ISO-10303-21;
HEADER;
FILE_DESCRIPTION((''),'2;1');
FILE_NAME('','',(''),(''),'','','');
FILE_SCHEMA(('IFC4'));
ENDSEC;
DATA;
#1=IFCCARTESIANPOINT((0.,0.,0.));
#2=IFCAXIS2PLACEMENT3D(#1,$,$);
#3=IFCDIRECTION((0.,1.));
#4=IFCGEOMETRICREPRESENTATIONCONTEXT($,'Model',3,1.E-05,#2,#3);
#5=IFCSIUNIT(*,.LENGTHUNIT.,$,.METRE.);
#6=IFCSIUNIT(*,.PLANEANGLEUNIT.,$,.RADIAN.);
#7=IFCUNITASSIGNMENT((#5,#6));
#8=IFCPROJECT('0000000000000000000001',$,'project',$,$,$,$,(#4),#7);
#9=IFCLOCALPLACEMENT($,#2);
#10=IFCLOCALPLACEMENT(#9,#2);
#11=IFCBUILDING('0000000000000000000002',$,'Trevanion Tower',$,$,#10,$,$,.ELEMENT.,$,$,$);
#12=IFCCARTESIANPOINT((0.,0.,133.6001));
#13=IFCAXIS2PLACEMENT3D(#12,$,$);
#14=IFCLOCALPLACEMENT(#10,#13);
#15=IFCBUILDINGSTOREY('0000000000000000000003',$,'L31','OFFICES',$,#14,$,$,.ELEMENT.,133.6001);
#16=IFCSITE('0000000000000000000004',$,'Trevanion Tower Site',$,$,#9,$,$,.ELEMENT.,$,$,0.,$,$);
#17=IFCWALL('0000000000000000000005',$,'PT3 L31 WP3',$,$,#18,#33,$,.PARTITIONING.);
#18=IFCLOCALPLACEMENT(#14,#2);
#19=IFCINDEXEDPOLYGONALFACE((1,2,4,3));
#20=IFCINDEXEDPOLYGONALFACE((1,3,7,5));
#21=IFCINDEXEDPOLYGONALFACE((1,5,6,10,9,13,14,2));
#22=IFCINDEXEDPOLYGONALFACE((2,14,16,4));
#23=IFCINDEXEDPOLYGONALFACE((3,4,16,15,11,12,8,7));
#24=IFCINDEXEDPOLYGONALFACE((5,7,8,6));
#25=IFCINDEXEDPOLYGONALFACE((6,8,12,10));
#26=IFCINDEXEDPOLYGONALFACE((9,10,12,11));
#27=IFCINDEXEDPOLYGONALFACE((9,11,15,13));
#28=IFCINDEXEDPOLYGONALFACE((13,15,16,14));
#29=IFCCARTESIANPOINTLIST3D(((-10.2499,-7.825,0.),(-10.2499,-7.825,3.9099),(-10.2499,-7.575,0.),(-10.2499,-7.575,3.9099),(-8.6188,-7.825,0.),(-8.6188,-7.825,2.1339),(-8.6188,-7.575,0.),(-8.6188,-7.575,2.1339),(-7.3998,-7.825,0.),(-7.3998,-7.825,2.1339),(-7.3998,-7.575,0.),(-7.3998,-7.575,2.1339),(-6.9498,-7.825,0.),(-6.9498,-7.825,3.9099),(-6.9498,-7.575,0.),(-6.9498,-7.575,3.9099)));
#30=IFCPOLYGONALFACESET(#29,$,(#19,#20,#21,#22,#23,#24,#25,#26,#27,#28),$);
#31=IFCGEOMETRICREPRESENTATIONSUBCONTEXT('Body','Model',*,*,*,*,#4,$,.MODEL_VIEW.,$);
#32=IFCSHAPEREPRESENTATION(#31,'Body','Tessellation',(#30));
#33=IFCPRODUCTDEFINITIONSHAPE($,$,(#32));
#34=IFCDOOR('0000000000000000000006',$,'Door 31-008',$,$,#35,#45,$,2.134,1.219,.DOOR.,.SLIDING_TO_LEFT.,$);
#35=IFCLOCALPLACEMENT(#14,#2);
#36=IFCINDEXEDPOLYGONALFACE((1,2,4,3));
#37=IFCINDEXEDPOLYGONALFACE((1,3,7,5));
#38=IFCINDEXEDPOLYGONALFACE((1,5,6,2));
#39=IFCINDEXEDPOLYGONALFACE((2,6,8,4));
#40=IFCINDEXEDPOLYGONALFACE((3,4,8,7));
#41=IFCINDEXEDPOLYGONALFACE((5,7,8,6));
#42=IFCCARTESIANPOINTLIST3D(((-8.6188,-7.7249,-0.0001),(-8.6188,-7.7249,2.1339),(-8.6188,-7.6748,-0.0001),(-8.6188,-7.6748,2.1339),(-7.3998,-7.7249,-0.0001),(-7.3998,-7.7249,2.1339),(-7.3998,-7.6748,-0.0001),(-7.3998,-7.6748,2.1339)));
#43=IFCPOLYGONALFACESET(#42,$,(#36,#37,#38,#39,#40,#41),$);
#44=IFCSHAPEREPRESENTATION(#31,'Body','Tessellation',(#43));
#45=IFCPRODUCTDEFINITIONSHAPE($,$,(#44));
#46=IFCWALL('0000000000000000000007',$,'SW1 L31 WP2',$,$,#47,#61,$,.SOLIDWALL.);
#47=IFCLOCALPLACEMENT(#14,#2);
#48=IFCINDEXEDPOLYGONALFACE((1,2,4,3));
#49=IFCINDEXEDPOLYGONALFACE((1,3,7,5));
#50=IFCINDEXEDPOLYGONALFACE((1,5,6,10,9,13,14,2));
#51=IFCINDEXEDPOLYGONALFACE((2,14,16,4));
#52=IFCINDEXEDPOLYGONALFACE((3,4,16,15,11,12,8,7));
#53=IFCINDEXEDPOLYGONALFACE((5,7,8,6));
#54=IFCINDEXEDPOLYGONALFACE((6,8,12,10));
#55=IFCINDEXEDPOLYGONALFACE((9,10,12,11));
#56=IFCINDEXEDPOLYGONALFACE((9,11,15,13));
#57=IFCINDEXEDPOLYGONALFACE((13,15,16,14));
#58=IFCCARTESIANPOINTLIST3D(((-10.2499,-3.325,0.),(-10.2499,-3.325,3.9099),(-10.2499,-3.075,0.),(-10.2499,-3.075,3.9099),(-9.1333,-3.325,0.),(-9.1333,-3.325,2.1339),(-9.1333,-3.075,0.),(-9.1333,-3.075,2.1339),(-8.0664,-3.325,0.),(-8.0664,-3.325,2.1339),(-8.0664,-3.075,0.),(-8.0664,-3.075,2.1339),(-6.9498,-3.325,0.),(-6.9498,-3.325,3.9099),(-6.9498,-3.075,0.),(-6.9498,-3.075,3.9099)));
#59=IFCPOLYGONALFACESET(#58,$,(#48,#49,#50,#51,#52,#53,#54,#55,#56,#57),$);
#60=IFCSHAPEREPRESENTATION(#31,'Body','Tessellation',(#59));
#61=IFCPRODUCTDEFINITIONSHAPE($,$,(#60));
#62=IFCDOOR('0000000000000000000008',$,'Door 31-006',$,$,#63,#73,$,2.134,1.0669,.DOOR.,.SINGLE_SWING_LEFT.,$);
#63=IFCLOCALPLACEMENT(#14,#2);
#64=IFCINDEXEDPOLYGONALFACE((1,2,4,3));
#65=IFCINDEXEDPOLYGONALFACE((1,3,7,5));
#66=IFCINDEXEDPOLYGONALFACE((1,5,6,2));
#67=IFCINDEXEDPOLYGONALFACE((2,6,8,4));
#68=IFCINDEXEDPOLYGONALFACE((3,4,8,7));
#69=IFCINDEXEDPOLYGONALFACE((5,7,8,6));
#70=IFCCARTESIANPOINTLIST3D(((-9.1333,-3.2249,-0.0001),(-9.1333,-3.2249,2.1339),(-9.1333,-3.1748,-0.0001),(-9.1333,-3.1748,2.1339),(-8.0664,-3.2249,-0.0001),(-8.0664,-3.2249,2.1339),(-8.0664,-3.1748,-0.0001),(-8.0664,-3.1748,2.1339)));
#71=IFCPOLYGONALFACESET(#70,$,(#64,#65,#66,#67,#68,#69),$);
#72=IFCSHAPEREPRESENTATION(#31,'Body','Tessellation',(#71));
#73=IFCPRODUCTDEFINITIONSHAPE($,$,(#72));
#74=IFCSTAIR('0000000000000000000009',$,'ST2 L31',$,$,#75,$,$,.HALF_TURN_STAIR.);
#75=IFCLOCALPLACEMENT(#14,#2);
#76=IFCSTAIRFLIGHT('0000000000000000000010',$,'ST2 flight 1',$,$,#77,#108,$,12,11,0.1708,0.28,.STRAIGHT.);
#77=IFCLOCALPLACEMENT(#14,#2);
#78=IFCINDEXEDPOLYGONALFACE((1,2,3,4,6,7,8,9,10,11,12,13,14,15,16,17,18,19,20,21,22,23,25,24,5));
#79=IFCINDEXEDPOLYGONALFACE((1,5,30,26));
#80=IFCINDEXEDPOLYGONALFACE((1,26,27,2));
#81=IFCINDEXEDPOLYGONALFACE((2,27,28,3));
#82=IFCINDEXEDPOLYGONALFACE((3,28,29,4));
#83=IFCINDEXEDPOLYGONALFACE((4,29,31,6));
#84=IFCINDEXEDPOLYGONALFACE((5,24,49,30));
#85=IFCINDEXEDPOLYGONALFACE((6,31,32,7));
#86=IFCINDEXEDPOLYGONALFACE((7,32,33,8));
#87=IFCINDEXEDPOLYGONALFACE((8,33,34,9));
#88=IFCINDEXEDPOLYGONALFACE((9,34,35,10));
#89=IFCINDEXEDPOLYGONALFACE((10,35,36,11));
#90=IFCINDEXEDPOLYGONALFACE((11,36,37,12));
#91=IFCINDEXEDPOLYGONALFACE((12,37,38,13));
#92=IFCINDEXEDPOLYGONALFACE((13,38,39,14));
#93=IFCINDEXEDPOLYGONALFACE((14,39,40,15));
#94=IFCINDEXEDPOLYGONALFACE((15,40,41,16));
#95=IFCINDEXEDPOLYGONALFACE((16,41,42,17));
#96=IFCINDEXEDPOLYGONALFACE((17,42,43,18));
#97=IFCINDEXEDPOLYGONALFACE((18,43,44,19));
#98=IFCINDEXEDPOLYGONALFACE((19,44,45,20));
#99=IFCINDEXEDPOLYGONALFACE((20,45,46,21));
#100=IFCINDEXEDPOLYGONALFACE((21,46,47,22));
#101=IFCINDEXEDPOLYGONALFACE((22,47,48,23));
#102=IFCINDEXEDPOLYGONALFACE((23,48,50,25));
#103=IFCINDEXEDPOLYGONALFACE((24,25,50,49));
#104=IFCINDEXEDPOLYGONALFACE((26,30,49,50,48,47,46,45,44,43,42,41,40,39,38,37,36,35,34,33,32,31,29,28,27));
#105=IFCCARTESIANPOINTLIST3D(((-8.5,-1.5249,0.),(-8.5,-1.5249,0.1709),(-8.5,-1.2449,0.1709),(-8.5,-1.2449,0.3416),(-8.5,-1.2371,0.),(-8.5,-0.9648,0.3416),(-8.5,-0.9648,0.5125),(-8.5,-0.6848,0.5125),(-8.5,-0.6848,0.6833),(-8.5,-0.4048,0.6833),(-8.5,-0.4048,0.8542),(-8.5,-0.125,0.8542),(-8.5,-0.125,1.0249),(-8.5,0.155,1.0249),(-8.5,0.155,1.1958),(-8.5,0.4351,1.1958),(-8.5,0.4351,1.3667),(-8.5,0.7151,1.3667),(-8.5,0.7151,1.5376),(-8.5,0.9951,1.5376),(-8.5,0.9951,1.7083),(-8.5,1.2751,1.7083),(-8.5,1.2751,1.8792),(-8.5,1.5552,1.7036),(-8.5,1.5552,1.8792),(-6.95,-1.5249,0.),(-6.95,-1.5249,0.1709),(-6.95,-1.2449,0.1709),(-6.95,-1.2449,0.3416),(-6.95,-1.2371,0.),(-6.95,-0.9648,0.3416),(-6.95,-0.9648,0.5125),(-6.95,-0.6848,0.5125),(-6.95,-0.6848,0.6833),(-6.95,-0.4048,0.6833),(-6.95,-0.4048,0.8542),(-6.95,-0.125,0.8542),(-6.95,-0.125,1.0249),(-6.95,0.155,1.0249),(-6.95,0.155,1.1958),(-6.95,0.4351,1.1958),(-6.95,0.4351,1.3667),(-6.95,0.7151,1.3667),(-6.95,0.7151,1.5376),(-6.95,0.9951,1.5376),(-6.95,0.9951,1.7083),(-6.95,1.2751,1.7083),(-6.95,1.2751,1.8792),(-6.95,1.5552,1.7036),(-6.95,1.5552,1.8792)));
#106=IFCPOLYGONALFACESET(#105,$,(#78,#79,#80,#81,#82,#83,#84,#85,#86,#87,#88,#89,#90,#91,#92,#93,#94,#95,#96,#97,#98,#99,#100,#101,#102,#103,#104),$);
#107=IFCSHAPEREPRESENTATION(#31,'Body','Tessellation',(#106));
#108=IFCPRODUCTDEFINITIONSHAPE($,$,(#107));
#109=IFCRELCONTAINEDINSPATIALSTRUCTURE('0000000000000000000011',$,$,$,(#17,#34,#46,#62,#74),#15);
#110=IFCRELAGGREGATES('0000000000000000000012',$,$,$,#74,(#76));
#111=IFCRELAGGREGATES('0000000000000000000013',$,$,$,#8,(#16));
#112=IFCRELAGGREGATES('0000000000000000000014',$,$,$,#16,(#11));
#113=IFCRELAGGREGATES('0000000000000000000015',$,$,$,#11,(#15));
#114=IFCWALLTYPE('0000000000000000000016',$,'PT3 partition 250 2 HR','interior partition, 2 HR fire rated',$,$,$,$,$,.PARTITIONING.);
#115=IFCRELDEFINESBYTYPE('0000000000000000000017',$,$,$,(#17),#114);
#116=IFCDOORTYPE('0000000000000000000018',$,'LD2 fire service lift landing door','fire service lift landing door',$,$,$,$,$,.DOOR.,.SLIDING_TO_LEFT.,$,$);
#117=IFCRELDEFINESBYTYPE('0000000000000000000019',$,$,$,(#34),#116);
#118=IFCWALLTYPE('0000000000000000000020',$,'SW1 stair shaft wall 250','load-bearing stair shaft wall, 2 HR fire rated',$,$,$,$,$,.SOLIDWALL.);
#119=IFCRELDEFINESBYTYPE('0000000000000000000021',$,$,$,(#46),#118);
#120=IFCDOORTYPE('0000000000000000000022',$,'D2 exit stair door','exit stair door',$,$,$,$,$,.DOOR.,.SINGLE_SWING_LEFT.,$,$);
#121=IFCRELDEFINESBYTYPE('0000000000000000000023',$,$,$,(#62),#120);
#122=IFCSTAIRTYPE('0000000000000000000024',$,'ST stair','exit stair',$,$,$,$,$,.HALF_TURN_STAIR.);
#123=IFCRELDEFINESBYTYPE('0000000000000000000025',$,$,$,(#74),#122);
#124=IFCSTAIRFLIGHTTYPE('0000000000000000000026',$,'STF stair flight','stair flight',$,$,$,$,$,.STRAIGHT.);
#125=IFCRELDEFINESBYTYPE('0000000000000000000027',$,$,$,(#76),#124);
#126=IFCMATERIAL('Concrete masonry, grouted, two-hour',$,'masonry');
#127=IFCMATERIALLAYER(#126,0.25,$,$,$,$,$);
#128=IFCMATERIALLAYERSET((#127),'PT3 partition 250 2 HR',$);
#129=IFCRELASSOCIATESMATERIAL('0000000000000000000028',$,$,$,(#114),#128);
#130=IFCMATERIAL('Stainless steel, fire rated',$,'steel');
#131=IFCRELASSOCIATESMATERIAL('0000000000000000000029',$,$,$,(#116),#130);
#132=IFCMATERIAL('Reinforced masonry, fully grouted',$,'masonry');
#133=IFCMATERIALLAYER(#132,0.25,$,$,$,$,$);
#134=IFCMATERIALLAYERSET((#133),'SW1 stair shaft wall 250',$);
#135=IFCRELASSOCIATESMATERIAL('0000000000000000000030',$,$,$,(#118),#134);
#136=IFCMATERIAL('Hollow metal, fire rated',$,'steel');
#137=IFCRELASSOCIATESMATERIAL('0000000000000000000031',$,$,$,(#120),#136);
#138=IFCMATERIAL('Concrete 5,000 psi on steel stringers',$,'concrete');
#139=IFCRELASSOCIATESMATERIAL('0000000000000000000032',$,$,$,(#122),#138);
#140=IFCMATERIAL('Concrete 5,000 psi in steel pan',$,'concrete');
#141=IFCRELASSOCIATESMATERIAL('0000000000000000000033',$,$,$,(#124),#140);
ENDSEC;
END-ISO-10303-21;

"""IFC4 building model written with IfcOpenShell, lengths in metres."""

from ifc_helpers import new_model, si_unit, direction, frame, frame_2d, origin, place, context, subcontext, project, spatial, polyline, rectangle, outline, extrude, material, layer, layer_set, type_object, element, fill, aggregate, save


model = new_model("IFC4")

# Units and contexts
model_context = context("Model", 3, precision=1e-05, world=origin(), true_north=direction((0.0, 1.0)))
body_context = subcontext(model_context, "Body", "Model", "MODEL_VIEW")
ifc_project = project(units=[si_unit("LENGTHUNIT", "METRE"), si_unit("PLANEANGLEUNIT", "RADIAN")], contexts=[model_context])

# Site, building, storey
site_placement = place(None, origin())
site = spatial("IfcSite", under=ifc_project, at=site_placement, Name="Trevanion Tower Site", CompositionType="ELEMENT", RefElevation=0.0)
building_placement = place(site_placement, origin())
building = spatial("IfcBuilding", under=site, at=building_placement, Name="Trevanion Tower", CompositionType="ELEMENT")
storey_placement = place(building_placement, frame((0.0, 0.0, 133.6001)))
storey = spatial("IfcBuildingStorey", under=building, at=storey_placement, Name="L31", Description="OFFICES", CompositionType="ELEMENT", Elevation=133.6001)

# Walls, openings, doors
ifc_material_1 = material(Name="Concrete masonry, grouted, two-hour", Category="masonry")
ifc_layer_1 = layer(ifc_material_1, 0.25)
ifc_layer_set_1 = layer_set([ifc_layer_1], Name="PT3 partition 250 2 HR")
wall_type_1 = type_object("IfcWallType", Name="PT3 partition 250 2 HR", Description="interior partition, 2 HR fire rated", PredefinedType="PARTITIONING", material=ifc_layer_set_1)
wall_1_placement = place(storey_placement, frame((-6.95, -7.7, 0.0), z_axis=(0.0, 0.0, 1.0), x_axis=(-1.0, 0.0, 0.0)))
wall_1 = element("IfcWall", 1, at=wall_1_placement, inside=storey, type_object=wall_type_1, Name="PT3 L31 WP3", PredefinedType="PARTITIONING", context=body_context, shape_type="SweptSolid", body=[
    extrude(rectangle(XDim=3.3, YDim=0.25, at=frame_2d((1.6499, 0.0))), origin(), (0.0, 0.0, 1.0), 3.9099),
])
opening_1_placement = place(wall_1_placement, frame((0.45, 0.0, 0.0)))
opening_1 = element("IfcOpeningElement", 2, at=opening_1_placement, cuts=wall_1, PredefinedType="OPENING", context=body_context, shape_type="SweptSolid", body=[
    extrude(rectangle(XDim=1.219, YDim=2.134, at=frame_2d((0.6094, 1.0669))), frame((0.0, 0.135, 0.0), z_axis=(0.0, -1.0, 0.0), x_axis=(1.0, 0.0, 0.0)), (0.0, 0.0, 1.0), 0.27),
])
ifc_material_2 = material(Name="Stainless steel, fire rated", Category="steel")
door_type_1 = type_object("IfcDoorType", Name="LD2 fire service lift landing door", Description="fire service lift landing door", OperationType="SLIDING_TO_LEFT", PredefinedType="DOOR", material=ifc_material_2)
door_1_placement = place(opening_1_placement, origin())
door_1 = element("IfcDoor", 3, at=door_1_placement, inside=storey, type_object=door_type_1, Name="Door 31-008", OperationType="SLIDING_TO_LEFT", OverallHeight=2.134, OverallWidth=1.219, PredefinedType="DOOR", context=body_context, shape_type="SweptSolid", body=[
    extrude(rectangle(XDim=1.219, YDim=2.134, at=frame_2d((0.6094, 1.0669))), frame((0.0, 0.0249, 0.0), z_axis=(0.0, -1.0, 0.0), x_axis=(1.0, 0.0, 0.0)), (0.0, 0.0, 1.0), 0.05),
])
fill(opening_1, door_1)
ifc_material_3 = material(Name="Reinforced masonry, fully grouted", Category="masonry")
ifc_layer_2 = layer(ifc_material_3, 0.25)
ifc_layer_set_2 = layer_set([ifc_layer_2], Name="SW1 stair shaft wall 250")
wall_type_2 = type_object("IfcWallType", Name="SW1 stair shaft wall 250", Description="load-bearing stair shaft wall, 2 HR fire rated", PredefinedType="SOLIDWALL", material=ifc_layer_set_2)
wall_2_placement = place(storey_placement, frame((-6.95, -3.2, 0.0), z_axis=(0.0, 0.0, 1.0), x_axis=(-1.0, 0.0, 0.0)))
wall_2 = element("IfcWall", 4, at=wall_2_placement, inside=storey, type_object=wall_type_2, Name="SW1 L31 WP2", PredefinedType="SOLIDWALL", context=body_context, shape_type="SweptSolid", body=[
    extrude(rectangle(XDim=3.3, YDim=0.25, at=frame_2d((1.6499, 0.0))), origin(), (0.0, 0.0, 1.0), 3.9099),
])
opening_2_placement = place(wall_2_placement, frame((1.1165, 0.0, 0.0)))
opening_2 = element("IfcOpeningElement", 5, at=opening_2_placement, cuts=wall_2, PredefinedType="OPENING", context=body_context, shape_type="SweptSolid", body=[
    extrude(rectangle(XDim=1.0669, YDim=2.134, at=frame_2d((0.5334, 1.0669))), frame((0.0, 0.135, 0.0), z_axis=(0.0, -1.0, 0.0), x_axis=(1.0, 0.0, 0.0)), (0.0, 0.0, 1.0), 0.27),
])
ifc_material_4 = material(Name="Hollow metal, fire rated", Category="steel")
door_type_2 = type_object("IfcDoorType", Name="D2 exit stair door", Description="exit stair door", OperationType="SINGLE_SWING_LEFT", PredefinedType="DOOR", material=ifc_material_4)
door_2_placement = place(opening_2_placement, origin())
door_2 = element("IfcDoor", 6, at=door_2_placement, inside=storey, type_object=door_type_2, Name="Door 31-006", OperationType="SINGLE_SWING_LEFT", OverallHeight=2.134, OverallWidth=1.0669, PredefinedType="DOOR", context=body_context, shape_type="SweptSolid", body=[
    extrude(rectangle(XDim=1.0669, YDim=2.134, at=frame_2d((0.5334, 1.0669))), frame((0.0, 0.0249, 0.0), z_axis=(0.0, -1.0, 0.0), x_axis=(1.0, 0.0, 0.0)), (0.0, 0.0, 1.0), 0.05),
])
fill(opening_2, door_2)

# Stair, stair flight
ifc_material_5 = material(Name="Concrete 5,000 psi on steel stringers", Category="concrete")
stair_type = type_object("IfcStairType", Name="ST stair", Description="exit stair", PredefinedType="HALF_TURN_STAIR", material=ifc_material_5)
stair_placement = place(storey_placement, origin())
stair = element("IfcStair", 7, at=stair_placement, inside=storey, type_object=stair_type, Name="ST2 L31", PredefinedType="HALF_TURN_STAIR")
ifc_material_6 = material(Name="Concrete 5,000 psi in steel pan", Category="concrete")
stair_flight_type = type_object("IfcStairFlightType", Name="STF stair flight", Description="stair flight", PredefinedType="STRAIGHT", material=ifc_material_6)
stair_flight_placement = place(storey_placement, frame((-7.7251, -1.5249, 0.0), z_axis=(0.0, 0.0, 1.0), x_axis=(0.0, 1.0, 0.0)))
stair_flight = element("IfcStairFlight", 8, at=stair_flight_placement, type_object=stair_flight_type, Name="ST2 flight 1", NumberOfRisers=12, NumberOfTreads=11, PredefinedType="STRAIGHT", RiserHeight=0.1708, TreadLength=0.28, context=body_context, shape_type="SweptSolid", body=[
    extrude(outline(polyline([(0.0, 0.0), (0.0, 0.1709), (0.28, 0.1709), (0.28, 0.3416), (0.5601, 0.3416), (0.5601, 0.5125), (0.8401, 0.5125), (0.8401, 0.6833), (1.1201, 0.6833), (1.1201, 0.8542), (1.3999, 0.8542), (1.3999, 1.0249), (1.6799, 1.0249), (1.6799, 1.1958), (1.96, 1.1958), (1.96, 1.3667), (2.24, 1.3667), (2.24, 1.5376), (2.52, 1.5376), (2.52, 1.7083), (2.8, 1.7083), (2.8, 1.8792), (3.0801, 1.8792), (3.0801, 2.05), (3.0801, 1.7036), (0.2878, 0.0), (0.0, 0.0)])), frame((0.0, 0.7749, 0.0), z_axis=(0.0, -1.0, 0.0), x_axis=(1.0, 0.0, 0.0)), (0.0, 0.0, 1.0), 1.55),
])
aggregate(stair, [stair_flight])

save(model, "model.ifc")
